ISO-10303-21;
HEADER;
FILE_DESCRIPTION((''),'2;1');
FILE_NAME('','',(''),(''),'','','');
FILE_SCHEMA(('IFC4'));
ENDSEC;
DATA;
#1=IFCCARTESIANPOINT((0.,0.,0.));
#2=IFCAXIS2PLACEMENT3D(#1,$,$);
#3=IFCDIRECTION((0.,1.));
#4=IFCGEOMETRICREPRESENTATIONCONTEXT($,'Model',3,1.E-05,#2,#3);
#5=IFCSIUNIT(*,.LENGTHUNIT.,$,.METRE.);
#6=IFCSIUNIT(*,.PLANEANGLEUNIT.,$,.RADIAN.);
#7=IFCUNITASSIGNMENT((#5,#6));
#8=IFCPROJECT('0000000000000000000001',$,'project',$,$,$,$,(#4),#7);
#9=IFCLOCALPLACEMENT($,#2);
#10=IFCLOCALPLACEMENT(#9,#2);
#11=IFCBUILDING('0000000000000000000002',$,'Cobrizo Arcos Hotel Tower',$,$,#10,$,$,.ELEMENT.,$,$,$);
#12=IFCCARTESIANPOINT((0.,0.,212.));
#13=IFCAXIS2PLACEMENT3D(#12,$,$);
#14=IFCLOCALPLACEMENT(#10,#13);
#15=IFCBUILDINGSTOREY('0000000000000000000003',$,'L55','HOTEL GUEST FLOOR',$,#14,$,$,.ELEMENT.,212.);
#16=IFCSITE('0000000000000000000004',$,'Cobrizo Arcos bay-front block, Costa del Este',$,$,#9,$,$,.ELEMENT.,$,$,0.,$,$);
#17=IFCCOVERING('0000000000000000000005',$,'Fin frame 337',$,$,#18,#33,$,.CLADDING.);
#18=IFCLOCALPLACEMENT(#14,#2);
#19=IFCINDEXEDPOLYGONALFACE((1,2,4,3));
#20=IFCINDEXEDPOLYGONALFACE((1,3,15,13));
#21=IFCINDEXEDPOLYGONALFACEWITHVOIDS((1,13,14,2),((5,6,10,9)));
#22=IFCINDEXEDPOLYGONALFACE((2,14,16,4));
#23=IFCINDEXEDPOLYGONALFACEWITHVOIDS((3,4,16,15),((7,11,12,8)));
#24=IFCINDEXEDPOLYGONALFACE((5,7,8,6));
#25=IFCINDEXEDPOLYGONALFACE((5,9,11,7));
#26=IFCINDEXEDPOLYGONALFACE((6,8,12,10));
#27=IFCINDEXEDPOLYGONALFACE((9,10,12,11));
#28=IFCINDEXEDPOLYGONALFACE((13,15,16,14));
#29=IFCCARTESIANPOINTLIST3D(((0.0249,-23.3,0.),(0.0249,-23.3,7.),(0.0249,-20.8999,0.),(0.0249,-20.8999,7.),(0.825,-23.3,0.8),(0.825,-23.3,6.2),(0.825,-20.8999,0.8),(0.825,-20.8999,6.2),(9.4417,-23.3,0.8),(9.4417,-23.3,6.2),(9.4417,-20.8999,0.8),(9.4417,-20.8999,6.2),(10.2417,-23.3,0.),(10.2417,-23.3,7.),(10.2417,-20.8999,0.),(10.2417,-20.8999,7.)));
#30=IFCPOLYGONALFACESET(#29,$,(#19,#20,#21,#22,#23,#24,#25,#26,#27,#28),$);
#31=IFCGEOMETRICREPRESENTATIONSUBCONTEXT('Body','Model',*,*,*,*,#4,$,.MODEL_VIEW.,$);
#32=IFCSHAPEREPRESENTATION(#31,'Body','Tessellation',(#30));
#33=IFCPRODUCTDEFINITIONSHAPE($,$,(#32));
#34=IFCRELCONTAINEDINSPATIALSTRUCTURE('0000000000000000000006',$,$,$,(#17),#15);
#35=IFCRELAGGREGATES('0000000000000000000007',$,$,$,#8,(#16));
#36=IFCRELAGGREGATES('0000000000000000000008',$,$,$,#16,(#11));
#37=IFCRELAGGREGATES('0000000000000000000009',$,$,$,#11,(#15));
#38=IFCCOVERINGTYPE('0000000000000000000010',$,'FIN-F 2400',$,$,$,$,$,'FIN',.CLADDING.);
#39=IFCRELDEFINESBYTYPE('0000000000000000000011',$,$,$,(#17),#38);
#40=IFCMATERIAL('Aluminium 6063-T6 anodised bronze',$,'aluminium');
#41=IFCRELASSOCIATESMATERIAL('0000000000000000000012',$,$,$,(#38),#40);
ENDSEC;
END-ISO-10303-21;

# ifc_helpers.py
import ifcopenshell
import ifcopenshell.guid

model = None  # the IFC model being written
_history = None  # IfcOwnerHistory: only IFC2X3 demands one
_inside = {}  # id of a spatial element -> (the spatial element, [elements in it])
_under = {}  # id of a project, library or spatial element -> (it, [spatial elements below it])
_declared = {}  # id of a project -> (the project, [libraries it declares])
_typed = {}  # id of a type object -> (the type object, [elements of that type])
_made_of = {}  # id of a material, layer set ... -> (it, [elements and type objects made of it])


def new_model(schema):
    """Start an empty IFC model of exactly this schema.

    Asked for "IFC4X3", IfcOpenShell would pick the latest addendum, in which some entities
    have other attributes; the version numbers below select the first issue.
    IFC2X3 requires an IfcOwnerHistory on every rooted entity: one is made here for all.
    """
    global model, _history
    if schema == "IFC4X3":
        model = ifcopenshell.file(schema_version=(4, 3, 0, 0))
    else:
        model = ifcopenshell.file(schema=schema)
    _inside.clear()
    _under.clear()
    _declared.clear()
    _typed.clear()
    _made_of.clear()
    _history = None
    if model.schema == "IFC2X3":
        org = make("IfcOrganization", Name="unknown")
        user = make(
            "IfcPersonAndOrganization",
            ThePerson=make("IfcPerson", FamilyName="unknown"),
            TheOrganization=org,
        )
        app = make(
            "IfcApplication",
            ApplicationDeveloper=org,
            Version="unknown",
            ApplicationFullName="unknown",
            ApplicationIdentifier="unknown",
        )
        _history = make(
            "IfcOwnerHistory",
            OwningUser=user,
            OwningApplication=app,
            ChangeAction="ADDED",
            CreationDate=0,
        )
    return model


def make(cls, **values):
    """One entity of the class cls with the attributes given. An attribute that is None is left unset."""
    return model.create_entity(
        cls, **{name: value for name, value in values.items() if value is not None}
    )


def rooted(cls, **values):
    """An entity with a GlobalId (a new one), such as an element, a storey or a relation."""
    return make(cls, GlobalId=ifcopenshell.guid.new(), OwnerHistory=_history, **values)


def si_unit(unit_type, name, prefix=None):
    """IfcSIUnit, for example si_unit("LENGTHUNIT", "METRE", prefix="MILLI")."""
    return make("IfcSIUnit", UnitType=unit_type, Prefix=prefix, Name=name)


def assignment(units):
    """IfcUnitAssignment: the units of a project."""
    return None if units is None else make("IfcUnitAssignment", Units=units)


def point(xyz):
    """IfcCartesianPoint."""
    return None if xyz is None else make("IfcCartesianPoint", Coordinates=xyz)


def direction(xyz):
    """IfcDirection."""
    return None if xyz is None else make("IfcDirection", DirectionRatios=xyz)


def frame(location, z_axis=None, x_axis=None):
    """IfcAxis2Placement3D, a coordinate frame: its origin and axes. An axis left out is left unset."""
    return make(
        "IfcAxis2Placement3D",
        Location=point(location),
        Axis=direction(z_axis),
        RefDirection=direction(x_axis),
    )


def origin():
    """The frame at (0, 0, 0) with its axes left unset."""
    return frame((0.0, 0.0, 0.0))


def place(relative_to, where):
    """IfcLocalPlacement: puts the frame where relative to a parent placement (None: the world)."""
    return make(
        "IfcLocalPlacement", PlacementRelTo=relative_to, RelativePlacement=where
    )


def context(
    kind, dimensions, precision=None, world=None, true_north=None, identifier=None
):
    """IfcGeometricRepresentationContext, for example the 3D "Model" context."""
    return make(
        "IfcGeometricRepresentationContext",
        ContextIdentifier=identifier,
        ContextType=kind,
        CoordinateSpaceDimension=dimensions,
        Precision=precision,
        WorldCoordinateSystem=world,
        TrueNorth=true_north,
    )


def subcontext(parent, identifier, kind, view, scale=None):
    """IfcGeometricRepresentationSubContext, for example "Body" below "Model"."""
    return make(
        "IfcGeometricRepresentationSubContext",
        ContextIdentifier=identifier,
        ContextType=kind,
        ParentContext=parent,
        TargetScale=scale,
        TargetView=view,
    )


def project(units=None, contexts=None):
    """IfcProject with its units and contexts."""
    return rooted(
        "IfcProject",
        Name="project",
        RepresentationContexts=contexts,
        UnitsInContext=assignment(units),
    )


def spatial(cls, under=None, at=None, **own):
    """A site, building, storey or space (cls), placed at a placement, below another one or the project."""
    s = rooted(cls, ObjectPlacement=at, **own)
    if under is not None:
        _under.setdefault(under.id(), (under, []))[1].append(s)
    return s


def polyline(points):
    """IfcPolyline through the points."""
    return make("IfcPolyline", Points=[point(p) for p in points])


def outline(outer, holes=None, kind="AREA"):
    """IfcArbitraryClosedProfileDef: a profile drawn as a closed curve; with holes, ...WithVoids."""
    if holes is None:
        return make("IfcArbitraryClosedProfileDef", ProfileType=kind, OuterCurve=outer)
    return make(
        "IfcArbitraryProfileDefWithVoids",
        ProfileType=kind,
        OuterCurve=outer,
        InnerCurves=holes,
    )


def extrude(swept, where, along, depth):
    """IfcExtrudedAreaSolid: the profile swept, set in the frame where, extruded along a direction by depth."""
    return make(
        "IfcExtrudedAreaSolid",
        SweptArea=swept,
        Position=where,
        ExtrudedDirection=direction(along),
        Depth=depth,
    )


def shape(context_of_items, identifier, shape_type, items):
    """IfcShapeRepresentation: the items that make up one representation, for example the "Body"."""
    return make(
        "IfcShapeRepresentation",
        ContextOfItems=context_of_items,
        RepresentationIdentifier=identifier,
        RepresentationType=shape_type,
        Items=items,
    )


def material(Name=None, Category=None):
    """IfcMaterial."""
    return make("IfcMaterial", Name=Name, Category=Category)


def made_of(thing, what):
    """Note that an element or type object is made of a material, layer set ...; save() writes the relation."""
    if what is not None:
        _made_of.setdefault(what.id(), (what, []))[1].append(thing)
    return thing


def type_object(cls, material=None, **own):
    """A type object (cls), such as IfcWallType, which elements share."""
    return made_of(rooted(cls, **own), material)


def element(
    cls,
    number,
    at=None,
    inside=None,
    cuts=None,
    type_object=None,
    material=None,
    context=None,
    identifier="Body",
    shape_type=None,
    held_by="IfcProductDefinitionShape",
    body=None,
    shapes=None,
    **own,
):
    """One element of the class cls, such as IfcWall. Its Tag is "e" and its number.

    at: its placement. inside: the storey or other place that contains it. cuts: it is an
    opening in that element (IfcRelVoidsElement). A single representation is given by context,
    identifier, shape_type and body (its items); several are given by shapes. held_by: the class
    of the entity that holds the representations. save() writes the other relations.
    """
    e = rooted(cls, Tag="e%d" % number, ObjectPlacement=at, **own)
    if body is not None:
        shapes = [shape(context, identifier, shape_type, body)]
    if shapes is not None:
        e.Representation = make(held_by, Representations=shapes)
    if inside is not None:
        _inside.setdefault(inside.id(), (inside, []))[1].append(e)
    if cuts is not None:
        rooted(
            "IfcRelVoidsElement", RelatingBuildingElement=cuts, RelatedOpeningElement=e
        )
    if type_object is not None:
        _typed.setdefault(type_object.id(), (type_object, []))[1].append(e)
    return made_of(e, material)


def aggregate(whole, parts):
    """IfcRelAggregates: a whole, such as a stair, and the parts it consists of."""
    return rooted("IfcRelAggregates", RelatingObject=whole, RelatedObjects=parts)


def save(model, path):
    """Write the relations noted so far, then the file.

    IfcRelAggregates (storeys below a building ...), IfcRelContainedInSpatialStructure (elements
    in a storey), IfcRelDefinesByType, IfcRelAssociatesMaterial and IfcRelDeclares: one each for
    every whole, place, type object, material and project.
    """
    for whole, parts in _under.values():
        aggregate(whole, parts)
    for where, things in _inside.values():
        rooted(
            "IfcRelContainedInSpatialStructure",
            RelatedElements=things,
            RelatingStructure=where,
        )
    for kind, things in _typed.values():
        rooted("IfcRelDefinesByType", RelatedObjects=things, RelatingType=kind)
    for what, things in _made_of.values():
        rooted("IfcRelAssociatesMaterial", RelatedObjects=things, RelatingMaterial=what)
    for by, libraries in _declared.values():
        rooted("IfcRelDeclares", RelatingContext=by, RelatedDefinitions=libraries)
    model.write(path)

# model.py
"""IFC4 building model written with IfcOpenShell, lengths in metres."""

from ifc_helpers import new_model, si_unit, direction, frame, origin, place, context, subcontext, project, spatial, polyline, outline, extrude, material, type_object, element, save


model = new_model("IFC4")

# Units and contexts
model_context = context("Model", 3, precision=1e-05, world=origin(), true_north=direction((0.0, 1.0)))
body_context = subcontext(model_context, "Body", "Model", "MODEL_VIEW")
ifc_project = project(units=[si_unit("LENGTHUNIT", "METRE"), si_unit("PLANEANGLEUNIT", "RADIAN")], contexts=[model_context])

# Site, building, storey
site_placement = place(None, origin())
site = spatial("IfcSite", under=ifc_project, at=site_placement, Name="Cobrizo Arcos bay-front block, Costa del Este", CompositionType="ELEMENT", RefElevation=0.0)
building_placement = place(site_placement, origin())
building = spatial("IfcBuilding", under=site, at=building_placement, Name="Cobrizo Arcos Hotel Tower", CompositionType="ELEMENT")
storey_placement = place(building_placement, frame((0.0, 0.0, 212.0)))
storey = spatial("IfcBuildingStorey", under=building, at=storey_placement, Name="L55", Description="HOTEL GUEST FLOOR", CompositionType="ELEMENT", Elevation=212.0)

# Shared definitions
ifc_material_1 = material(Name="Aluminium 6063-T6 anodised bronze", Category="aluminium")

# Covering
covering_type_1 = type_object("IfcCoveringType", Name="FIN-F 2400", ElementType="FIN", PredefinedType="CLADDING", material=ifc_material_1)
covering_1_placement = place(storey_placement, frame((0.0249, -20.8999, 0.0), z_axis=(0.0, -1.0, 0.0), x_axis=(1.0, 0.0, 0.0)))
element("IfcCovering", 1, at=covering_1_placement, inside=storey, type_object=covering_type_1, Name="Fin frame 337", PredefinedType="CLADDING", context=body_context, shape_type="SweptSolid", body=[
    extrude(outline(polyline([(0.0, 7.0), (0.0, 0.0), (10.2168, 0.0), (10.2168, 7.0), (0.0, 7.0)]), holes=[polyline([(9.4167, 0.8), (0.8, 0.8), (0.8, 6.2), (9.4167, 6.2), (9.4167, 0.8)])]), origin(), (0.0, 0.0, 1.0), 2.4001),
])

save(model, "model.ifc")
